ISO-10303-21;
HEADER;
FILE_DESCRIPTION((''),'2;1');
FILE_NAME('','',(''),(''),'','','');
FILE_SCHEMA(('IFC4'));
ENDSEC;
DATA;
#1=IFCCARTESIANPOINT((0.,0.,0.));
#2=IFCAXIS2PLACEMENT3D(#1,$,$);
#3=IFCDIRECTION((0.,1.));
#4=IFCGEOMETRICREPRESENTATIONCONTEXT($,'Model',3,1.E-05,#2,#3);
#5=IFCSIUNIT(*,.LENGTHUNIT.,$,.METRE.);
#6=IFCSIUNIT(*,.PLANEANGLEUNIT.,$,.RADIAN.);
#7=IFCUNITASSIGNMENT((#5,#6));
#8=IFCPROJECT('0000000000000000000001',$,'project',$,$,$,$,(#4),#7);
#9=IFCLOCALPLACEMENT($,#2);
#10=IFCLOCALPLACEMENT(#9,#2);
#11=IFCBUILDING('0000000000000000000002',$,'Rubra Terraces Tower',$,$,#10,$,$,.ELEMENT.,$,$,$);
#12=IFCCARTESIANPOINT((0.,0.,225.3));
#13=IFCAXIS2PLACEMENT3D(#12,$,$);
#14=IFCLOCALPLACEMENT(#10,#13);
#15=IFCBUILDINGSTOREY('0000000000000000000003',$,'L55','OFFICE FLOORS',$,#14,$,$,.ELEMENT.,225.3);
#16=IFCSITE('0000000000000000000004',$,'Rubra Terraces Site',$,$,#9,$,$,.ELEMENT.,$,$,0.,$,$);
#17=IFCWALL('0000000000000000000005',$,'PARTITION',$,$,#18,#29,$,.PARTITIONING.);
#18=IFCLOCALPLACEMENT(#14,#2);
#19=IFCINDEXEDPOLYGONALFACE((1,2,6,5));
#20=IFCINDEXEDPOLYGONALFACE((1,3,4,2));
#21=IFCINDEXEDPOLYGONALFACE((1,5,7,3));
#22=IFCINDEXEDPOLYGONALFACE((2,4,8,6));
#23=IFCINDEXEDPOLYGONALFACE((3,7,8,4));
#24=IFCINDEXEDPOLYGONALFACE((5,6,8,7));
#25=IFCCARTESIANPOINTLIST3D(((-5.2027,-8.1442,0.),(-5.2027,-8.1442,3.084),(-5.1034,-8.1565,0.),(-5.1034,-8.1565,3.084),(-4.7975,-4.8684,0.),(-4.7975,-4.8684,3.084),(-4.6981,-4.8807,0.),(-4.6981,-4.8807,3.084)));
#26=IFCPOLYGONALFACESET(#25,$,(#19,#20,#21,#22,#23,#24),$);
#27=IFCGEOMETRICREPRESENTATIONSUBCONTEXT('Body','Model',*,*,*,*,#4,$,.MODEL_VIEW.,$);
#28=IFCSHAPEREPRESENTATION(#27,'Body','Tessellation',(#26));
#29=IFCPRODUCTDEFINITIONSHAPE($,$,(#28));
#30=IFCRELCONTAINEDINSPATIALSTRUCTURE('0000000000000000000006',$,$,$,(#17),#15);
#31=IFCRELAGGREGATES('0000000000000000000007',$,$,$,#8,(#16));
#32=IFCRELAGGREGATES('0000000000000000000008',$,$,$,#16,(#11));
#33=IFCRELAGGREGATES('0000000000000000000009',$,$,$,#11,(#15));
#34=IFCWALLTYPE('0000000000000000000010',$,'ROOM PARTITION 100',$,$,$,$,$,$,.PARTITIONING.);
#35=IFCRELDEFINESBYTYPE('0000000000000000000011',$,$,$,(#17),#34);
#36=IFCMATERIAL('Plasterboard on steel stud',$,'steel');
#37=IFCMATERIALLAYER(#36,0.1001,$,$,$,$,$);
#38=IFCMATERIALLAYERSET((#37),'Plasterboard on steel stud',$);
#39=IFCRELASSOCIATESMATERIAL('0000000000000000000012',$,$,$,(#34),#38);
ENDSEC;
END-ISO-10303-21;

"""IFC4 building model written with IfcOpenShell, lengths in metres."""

from ifc_helpers import new_model, si_unit, direction, frame, frame_2d, origin, place, context, subcontext, project, spatial, rectangle, extrude, material, layer, layer_set, type_object, element, save


model = new_model("IFC4")

# Units and contexts
model_context = context("Model", 3, precision=1e-05, world=origin(), true_north=direction((0.0, 1.0)))
body_context = subcontext(model_context, "Body", "Model", "MODEL_VIEW")
ifc_project = project(units=[si_unit("LENGTHUNIT", "METRE"), si_unit("PLANEANGLEUNIT", "RADIAN")], contexts=[model_context])

# Site, building, storey
site_placement = place(None, origin())
site = spatial("IfcSite", under=ifc_project, at=site_placement, Name="Rubra Terraces Site", CompositionType="ELEMENT", RefElevation=0.0)
building_placement = place(site_placement, origin())
building = spatial("IfcBuilding", under=site, at=building_placement, Name="Rubra Terraces Tower", CompositionType="ELEMENT")
storey_placement = place(building_placement, frame((0.0, 0.0, 225.3)))
storey = spatial("IfcBuildingStorey", under=building, at=storey_placement, Name="L55", Description="OFFICE FLOORS", CompositionType="ELEMENT", Elevation=225.3)

# Wall
ifc_material_1 = material(Name="Plasterboard on steel stud", Category="steel")
ifc_layer_1 = layer(ifc_material_1, 0.1001)
ifc_layer_set_1 = layer_set([ifc_layer_1], Name="Plasterboard on steel stud")
wall_type_1 = type_object("IfcWallType", Name="ROOM PARTITION 100", PredefinedType="PARTITIONING", material=ifc_layer_set_1)
wall_1_placement = place(storey_placement, frame((-4.7478, -4.8745, 0.0), z_axis=(0.0, 0.0, 1.0), x_axis=(-0.122778, -0.992434, 0.0)))
element("IfcWall", 1, at=wall_1_placement, inside=storey, type_object=wall_type_1, Name="PARTITION", PredefinedType="PARTITIONING", context=body_context, shape_type="SweptSolid", body=[
    extrude(rectangle(XDim=3.3008, YDim=0.1001, at=frame_2d((1.6504, 0.0))), origin(), (0.0, 0.0, 1.0), 3.084),
])

save(model, "model.ifc")
